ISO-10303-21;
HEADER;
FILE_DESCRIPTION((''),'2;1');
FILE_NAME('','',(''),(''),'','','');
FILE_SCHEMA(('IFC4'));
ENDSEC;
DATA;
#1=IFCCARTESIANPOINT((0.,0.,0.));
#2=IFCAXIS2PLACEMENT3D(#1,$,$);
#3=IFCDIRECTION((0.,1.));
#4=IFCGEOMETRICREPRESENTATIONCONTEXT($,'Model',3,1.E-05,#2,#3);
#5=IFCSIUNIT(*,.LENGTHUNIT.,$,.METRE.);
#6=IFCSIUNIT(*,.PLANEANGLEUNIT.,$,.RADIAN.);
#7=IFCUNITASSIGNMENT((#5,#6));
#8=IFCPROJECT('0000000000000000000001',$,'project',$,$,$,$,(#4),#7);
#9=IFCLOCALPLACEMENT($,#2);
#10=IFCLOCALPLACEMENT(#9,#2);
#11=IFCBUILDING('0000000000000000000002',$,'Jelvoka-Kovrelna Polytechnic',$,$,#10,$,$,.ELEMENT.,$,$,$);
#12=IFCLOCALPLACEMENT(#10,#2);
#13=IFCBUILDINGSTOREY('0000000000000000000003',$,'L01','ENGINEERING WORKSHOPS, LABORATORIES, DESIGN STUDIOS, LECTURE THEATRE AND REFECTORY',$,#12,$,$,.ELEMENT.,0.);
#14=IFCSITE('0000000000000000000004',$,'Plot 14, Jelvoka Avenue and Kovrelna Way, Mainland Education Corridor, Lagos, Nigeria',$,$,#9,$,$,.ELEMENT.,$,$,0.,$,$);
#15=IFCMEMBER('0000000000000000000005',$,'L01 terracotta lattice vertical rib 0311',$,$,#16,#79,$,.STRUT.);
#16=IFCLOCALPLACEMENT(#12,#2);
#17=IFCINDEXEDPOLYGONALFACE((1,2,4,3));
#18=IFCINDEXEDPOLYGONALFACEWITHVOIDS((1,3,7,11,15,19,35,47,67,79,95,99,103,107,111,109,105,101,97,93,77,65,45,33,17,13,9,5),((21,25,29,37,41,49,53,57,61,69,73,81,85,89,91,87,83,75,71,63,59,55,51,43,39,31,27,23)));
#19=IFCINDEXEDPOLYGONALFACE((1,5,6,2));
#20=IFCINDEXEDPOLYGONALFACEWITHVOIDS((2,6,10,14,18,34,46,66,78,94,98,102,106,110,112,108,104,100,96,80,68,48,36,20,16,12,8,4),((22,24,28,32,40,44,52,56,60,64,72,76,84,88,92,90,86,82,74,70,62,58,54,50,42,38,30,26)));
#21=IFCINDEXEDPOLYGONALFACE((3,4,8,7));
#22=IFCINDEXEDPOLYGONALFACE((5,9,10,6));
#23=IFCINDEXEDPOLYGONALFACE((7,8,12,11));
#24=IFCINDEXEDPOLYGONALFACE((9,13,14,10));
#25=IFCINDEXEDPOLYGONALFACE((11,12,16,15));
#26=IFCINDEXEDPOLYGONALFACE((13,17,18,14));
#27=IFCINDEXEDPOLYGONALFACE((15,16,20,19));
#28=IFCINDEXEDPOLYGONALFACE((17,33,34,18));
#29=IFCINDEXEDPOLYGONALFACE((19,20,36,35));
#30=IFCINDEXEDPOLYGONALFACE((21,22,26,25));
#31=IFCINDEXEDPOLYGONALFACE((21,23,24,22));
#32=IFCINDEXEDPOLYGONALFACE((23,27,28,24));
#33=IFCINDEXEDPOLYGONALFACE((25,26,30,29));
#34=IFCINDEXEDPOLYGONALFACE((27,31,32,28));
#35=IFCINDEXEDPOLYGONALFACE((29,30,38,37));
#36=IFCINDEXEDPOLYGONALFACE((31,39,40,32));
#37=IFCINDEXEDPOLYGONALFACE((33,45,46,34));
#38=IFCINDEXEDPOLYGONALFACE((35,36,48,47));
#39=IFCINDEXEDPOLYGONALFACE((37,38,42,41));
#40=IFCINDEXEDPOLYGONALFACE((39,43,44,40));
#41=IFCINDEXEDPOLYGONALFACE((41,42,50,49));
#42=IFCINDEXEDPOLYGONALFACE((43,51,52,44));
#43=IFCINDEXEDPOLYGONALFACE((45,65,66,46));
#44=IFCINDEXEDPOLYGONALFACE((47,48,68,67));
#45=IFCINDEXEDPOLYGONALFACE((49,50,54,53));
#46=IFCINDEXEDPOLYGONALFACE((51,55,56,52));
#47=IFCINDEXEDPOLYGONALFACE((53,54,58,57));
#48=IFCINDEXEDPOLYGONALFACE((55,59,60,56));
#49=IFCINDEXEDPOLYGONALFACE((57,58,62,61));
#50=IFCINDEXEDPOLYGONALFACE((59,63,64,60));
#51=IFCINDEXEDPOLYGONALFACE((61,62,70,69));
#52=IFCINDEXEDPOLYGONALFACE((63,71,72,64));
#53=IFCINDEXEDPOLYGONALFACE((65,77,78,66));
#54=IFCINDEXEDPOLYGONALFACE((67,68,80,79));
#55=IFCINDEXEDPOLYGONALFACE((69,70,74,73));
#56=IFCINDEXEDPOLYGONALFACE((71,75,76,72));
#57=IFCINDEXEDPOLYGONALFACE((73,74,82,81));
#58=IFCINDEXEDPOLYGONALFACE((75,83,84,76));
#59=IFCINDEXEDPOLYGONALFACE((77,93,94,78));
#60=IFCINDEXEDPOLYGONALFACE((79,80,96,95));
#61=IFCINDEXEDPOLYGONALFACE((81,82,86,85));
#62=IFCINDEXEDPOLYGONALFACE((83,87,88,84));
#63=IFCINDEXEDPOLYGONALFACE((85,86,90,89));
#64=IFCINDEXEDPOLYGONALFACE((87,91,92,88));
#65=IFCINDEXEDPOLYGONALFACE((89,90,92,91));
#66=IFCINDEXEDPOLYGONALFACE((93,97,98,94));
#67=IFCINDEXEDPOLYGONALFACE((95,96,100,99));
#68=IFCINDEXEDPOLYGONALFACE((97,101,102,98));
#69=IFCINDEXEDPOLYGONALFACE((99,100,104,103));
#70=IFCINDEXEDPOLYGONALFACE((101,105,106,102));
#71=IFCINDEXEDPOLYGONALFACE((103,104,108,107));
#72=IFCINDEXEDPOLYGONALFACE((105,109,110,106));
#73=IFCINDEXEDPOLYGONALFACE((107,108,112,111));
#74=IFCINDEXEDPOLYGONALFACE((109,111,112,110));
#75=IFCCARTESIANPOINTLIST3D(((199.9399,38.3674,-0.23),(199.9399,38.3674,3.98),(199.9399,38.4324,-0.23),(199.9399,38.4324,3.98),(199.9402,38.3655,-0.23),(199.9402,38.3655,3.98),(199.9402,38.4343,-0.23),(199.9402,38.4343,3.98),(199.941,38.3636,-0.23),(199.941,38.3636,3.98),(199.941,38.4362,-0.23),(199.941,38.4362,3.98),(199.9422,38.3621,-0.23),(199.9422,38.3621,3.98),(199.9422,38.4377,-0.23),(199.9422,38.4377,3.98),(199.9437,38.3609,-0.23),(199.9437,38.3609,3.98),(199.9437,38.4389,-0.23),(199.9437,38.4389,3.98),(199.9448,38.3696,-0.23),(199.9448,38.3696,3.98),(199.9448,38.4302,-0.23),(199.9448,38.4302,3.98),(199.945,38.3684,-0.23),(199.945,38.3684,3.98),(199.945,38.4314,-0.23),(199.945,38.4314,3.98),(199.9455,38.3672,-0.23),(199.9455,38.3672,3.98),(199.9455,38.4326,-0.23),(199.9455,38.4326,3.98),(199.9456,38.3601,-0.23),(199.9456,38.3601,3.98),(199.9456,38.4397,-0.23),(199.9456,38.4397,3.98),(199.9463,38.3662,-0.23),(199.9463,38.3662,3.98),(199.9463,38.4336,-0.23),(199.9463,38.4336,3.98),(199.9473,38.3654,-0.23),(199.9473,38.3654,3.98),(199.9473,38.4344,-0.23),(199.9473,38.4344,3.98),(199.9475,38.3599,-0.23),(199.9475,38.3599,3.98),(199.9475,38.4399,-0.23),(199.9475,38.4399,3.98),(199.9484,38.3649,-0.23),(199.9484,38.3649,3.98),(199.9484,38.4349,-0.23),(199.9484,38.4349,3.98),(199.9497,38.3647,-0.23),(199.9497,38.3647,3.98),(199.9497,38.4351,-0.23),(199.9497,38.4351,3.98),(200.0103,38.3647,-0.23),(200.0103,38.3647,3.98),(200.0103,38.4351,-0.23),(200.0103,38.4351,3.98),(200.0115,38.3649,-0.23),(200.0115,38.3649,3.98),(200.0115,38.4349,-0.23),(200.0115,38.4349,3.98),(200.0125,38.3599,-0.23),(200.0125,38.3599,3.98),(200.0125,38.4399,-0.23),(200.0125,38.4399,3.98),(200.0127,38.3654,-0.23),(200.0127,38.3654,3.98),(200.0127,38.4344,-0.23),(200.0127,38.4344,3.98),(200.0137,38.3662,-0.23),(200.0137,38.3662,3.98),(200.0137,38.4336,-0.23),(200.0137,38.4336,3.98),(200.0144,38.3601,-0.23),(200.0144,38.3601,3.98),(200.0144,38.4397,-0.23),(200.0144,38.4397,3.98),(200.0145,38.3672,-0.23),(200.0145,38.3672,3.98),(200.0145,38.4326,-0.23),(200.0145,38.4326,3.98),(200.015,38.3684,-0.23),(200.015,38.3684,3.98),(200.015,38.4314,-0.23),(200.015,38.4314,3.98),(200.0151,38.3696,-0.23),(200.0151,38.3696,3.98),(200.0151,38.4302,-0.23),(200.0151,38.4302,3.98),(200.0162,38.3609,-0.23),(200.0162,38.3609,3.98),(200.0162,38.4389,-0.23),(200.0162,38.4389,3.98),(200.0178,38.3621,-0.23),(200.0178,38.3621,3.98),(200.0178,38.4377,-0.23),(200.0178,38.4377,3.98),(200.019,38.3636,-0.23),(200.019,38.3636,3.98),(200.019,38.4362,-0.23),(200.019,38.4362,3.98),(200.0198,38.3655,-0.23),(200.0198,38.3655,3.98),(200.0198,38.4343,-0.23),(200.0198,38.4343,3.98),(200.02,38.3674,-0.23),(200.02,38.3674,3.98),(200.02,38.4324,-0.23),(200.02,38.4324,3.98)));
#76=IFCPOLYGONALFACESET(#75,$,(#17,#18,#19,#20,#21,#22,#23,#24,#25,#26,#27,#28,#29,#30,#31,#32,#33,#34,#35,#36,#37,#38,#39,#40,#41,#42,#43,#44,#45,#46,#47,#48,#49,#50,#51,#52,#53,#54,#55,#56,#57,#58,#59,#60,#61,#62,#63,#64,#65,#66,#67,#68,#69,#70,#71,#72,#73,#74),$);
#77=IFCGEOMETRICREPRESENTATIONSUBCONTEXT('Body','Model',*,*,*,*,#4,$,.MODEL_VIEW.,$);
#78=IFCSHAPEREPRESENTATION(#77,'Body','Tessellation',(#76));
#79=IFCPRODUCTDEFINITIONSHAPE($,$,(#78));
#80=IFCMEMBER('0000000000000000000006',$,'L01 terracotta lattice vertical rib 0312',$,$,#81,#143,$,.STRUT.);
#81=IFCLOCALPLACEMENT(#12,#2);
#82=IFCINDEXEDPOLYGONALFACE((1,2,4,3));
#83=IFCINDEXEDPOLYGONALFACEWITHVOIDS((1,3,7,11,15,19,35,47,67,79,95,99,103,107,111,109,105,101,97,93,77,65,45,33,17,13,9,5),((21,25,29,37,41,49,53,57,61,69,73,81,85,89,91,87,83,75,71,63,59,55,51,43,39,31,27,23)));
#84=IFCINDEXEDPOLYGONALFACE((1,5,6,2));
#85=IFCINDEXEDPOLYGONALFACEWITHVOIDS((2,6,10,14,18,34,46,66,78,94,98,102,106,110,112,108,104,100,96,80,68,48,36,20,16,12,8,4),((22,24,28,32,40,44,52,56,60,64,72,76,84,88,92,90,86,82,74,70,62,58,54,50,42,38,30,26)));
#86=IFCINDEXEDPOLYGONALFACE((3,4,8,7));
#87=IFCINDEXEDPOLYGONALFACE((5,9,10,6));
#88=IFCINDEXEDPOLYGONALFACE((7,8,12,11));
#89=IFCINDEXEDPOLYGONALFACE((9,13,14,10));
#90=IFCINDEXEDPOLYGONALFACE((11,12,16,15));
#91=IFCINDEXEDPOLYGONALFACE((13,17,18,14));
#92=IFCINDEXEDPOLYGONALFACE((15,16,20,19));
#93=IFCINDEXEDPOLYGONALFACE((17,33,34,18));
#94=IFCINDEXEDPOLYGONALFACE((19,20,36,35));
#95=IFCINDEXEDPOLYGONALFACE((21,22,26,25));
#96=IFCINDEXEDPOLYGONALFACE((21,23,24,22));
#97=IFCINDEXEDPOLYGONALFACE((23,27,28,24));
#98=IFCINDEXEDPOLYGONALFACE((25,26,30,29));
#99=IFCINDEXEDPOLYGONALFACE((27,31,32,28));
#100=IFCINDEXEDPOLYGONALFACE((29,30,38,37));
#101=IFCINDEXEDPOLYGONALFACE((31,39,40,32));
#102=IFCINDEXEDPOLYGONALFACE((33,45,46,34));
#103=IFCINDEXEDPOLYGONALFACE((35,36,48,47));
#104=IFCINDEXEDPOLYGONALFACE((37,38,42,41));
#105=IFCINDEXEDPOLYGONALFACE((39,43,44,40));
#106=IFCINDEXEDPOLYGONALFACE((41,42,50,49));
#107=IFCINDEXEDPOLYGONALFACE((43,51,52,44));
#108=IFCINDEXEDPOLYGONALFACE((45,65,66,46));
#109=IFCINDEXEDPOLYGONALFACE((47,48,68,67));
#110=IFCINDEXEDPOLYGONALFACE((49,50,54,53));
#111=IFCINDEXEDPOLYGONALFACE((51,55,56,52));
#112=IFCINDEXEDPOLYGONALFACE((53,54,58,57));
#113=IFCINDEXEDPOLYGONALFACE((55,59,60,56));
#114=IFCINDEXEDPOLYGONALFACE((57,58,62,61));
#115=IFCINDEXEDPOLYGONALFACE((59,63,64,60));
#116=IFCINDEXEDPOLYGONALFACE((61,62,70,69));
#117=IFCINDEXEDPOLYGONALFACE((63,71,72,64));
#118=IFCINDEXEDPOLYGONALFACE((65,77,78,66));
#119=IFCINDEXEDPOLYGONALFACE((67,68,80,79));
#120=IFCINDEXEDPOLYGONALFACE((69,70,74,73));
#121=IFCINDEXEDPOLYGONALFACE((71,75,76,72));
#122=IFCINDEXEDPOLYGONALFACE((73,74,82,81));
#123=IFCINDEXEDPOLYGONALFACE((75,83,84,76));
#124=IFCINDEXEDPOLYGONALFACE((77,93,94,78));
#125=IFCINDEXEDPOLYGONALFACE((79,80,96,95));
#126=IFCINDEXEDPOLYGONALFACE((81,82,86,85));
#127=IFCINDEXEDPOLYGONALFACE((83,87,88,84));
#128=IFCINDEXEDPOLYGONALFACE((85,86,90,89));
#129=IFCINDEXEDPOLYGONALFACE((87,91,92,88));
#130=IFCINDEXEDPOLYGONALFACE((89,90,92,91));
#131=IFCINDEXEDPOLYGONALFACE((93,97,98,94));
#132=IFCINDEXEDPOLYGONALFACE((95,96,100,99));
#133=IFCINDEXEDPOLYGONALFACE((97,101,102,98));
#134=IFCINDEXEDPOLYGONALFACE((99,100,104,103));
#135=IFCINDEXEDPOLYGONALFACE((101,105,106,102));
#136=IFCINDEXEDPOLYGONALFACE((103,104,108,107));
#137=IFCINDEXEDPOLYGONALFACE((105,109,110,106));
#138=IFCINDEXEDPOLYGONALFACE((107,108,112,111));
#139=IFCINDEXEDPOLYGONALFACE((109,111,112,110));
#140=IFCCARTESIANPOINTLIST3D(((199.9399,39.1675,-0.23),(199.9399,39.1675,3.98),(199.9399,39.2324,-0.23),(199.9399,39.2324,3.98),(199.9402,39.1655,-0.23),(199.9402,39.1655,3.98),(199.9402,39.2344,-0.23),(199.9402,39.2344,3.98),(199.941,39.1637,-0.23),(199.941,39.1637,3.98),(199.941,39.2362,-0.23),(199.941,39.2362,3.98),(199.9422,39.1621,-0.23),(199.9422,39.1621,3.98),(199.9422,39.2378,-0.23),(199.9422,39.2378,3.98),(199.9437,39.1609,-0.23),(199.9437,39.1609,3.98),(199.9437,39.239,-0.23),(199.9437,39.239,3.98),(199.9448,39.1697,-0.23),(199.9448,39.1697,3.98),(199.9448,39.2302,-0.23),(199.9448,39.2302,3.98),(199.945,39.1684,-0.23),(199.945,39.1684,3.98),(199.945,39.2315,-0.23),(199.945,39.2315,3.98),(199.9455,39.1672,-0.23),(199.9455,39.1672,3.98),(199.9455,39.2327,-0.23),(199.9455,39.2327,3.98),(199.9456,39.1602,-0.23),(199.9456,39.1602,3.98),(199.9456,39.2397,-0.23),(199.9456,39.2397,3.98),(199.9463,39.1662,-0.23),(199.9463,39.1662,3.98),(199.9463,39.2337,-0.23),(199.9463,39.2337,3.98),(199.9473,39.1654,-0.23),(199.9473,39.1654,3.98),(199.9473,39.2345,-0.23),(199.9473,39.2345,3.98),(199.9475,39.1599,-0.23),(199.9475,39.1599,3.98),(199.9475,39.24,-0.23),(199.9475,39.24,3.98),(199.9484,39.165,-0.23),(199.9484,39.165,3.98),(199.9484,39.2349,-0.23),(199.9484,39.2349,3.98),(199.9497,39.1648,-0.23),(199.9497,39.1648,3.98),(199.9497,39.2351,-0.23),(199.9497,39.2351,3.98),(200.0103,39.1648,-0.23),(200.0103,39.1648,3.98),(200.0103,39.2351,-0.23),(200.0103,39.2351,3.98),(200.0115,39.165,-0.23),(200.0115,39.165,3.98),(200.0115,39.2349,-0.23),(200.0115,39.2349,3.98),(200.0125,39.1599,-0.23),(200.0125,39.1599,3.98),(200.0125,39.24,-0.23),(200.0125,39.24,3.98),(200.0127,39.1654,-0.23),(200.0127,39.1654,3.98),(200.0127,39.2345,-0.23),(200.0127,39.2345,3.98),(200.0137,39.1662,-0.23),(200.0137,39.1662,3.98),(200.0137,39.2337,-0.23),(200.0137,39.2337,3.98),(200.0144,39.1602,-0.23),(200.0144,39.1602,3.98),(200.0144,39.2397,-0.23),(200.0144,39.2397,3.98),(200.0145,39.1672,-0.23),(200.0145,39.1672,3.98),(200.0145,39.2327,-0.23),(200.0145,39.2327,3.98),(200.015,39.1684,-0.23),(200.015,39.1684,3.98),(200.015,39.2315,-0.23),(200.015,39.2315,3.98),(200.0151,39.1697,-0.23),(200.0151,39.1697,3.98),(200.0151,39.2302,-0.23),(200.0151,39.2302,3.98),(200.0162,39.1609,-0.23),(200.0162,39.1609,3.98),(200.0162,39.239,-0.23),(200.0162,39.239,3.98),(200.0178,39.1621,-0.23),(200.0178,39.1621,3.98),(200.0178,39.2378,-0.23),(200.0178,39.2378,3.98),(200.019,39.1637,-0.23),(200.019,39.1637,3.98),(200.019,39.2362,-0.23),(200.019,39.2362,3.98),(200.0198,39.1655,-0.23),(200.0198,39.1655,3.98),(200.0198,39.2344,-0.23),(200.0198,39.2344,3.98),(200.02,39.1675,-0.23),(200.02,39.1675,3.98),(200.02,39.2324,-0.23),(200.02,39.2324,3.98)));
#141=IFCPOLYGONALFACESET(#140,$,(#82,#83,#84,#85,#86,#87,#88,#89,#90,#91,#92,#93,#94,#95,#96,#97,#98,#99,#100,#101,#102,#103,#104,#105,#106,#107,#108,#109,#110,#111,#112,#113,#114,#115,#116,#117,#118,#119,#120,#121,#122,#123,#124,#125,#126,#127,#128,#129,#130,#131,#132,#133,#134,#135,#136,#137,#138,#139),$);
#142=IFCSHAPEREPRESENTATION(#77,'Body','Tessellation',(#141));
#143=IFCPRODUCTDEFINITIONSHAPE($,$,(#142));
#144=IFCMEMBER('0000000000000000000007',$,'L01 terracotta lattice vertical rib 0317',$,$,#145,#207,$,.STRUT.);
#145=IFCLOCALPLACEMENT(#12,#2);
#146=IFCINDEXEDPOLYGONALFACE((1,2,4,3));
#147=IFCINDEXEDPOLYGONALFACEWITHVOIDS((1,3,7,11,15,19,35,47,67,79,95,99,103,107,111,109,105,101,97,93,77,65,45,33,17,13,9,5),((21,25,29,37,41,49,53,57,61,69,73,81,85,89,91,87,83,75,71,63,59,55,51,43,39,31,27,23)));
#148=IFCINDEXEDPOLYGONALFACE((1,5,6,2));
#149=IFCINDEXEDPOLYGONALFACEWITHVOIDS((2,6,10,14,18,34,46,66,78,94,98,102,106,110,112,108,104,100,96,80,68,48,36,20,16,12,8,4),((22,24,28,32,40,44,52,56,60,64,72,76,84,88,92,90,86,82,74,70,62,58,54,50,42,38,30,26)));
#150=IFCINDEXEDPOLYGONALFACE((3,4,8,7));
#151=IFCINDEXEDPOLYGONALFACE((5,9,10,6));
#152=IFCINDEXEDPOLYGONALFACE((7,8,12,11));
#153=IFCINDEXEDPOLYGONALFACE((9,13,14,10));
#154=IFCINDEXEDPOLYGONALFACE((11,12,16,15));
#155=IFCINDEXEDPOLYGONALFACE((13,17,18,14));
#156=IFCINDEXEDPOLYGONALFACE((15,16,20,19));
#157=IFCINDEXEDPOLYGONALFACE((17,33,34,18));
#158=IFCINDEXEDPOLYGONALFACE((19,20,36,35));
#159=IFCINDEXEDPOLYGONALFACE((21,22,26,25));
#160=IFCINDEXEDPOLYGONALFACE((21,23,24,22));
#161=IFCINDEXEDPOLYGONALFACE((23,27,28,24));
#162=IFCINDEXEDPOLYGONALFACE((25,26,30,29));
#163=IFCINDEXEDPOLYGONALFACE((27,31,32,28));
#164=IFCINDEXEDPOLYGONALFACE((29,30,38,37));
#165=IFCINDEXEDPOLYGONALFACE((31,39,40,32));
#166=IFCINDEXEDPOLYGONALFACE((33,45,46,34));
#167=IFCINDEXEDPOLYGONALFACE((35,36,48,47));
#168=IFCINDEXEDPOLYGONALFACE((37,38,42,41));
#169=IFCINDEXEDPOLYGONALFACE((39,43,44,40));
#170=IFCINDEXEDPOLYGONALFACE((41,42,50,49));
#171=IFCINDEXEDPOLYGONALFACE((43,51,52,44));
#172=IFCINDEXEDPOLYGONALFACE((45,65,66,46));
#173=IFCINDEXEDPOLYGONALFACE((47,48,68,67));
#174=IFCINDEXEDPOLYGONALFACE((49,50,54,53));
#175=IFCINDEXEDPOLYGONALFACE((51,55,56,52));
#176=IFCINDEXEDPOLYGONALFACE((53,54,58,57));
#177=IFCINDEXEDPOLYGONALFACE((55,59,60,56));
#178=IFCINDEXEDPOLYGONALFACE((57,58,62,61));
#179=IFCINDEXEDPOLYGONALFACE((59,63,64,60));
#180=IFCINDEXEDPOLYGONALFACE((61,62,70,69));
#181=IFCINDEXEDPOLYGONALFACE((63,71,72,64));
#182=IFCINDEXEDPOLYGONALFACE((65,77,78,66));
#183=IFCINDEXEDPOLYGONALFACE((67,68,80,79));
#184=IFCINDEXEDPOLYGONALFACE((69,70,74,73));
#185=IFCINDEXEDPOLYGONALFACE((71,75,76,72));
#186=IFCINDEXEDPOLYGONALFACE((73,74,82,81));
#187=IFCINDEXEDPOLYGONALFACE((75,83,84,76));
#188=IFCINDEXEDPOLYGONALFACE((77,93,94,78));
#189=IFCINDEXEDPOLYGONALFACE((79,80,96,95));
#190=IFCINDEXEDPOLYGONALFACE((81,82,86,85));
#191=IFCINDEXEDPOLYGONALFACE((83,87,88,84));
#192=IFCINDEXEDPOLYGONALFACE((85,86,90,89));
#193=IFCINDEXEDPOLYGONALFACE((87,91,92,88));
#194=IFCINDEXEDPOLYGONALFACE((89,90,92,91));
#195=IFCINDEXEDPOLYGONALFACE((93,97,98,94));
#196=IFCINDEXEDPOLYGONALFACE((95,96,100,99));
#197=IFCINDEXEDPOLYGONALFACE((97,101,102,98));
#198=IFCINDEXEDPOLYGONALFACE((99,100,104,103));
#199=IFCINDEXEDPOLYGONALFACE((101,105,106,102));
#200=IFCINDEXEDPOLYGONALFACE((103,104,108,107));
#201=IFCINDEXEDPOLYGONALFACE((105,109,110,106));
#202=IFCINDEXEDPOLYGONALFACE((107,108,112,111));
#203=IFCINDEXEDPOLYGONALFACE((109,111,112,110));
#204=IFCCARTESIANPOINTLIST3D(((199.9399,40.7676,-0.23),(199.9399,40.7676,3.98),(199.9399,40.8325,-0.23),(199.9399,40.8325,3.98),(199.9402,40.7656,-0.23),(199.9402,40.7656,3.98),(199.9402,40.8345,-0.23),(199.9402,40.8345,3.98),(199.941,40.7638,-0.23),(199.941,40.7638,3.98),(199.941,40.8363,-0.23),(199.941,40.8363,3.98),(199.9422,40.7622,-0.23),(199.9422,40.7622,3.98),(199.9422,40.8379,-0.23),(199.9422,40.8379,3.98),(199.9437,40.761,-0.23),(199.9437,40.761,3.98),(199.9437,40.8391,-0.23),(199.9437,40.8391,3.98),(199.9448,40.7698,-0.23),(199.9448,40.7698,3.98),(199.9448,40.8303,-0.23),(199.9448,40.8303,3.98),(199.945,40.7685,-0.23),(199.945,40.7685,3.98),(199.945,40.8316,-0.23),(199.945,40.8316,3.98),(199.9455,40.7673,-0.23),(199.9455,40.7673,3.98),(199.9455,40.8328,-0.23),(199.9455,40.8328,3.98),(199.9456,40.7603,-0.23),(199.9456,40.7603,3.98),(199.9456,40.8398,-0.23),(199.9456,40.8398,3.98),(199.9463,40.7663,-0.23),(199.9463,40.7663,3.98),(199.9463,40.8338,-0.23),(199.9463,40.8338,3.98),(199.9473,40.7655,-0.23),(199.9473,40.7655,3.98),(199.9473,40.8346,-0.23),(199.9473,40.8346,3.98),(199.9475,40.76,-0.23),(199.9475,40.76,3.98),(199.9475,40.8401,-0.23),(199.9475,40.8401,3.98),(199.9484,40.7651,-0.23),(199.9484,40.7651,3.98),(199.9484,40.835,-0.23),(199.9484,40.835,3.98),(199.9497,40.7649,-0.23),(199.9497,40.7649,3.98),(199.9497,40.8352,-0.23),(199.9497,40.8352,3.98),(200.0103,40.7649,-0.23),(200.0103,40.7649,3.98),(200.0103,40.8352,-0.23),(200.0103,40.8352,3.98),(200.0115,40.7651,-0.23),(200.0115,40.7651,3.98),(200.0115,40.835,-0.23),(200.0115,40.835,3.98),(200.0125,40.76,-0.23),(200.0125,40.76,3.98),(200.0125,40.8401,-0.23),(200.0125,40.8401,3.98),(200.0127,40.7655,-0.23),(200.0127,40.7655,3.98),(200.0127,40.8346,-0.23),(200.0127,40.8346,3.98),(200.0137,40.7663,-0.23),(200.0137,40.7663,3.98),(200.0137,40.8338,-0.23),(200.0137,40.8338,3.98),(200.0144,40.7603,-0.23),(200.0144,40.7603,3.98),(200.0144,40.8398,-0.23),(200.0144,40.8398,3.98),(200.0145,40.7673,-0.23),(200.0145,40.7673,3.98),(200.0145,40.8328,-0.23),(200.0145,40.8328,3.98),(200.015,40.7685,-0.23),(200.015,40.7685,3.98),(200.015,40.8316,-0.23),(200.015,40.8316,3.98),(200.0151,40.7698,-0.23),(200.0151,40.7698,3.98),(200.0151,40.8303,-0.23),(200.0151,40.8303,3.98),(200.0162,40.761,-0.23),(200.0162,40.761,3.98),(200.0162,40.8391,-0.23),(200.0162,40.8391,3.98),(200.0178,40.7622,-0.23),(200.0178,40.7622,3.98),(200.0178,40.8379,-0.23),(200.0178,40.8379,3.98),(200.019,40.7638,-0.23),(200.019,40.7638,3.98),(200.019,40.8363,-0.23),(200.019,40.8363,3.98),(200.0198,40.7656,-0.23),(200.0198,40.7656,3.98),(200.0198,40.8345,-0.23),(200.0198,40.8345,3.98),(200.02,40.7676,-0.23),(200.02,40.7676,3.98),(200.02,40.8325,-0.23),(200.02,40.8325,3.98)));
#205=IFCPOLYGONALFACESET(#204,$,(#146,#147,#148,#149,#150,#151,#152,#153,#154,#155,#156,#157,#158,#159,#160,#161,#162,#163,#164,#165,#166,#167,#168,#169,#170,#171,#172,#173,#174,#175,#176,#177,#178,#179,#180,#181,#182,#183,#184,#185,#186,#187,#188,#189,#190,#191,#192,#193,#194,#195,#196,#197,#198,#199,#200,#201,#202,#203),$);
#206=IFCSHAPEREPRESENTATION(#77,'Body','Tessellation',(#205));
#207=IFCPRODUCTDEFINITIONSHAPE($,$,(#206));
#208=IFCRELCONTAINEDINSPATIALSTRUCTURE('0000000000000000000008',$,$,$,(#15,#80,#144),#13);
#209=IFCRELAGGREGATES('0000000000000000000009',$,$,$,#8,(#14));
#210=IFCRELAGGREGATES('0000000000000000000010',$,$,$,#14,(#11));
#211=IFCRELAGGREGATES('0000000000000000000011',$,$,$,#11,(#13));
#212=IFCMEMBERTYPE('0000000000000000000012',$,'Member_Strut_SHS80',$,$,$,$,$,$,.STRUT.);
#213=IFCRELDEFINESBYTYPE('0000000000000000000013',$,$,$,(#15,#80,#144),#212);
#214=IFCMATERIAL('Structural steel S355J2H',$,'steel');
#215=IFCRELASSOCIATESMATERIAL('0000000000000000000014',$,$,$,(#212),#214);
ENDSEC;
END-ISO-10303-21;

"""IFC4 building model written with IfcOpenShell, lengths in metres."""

from ifc_helpers import new_model, si_unit, direction, frame, origin, origin_2d, place, context, subcontext, project, spatial, hollow_rectangle, extrude, material, material_profile, profile_set, type_object, element, save


model = new_model("IFC4")

# Units and contexts
model_context = context("Model", 3, precision=1e-05, world=origin(), true_north=direction((0.0, 1.0)))
body_context = subcontext(model_context, "Body", "Model", "MODEL_VIEW")
ifc_project = project(units=[si_unit("LENGTHUNIT", "METRE"), si_unit("PLANEANGLEUNIT", "RADIAN")], contexts=[model_context])

# Site, building, storey
site_placement = place(None, origin())
site = spatial("IfcSite", under=ifc_project, at=site_placement, Name="Plot 14, Jelvoka Avenue and Kovrelna Way, Mainland Education Corridor, Lagos, Nigeria", CompositionType="ELEMENT", RefElevation=0.0)
building_placement = place(site_placement, origin())
building = spatial("IfcBuilding", under=site, at=building_placement, Name="Jelvoka-Kovrelna Polytechnic", CompositionType="ELEMENT")
storey_placement = place(building_placement, origin())
storey = spatial("IfcBuildingStorey", under=building, at=storey_placement, Name="L01", Description="ENGINEERING WORKSHOPS, LABORATORIES, DESIGN STUDIOS, LECTURE THEATRE AND REFECTORY", CompositionType="ELEMENT", Elevation=0.0)

# Members
ifc_material_1 = material(Name="Structural steel S355J2H", Category="steel")
ifc_material_profile_1 = material_profile(ifc_material_1, hollow_rectangle(XDim=0.0801, YDim=0.0801, WallThickness=0.0049, InnerFilletRadius=0.0049, OuterFilletRadius=0.0076, at=origin_2d()), Name="80x80x5.0 SHS")
ifc_profile_set_1 = profile_set([ifc_material_profile_1], Name="Structural steel S355J2H")
member_type_1 = type_object("IfcMemberType", Name="Member_Strut_SHS80", PredefinedType="STRUT", material=ifc_profile_set_1)
for number, where, z_axis, x_axis, name in (
    (1, (199.98, 38.3999, -0.23), (0.0, 0.0, 1.0), (1.0, 0.0, 0.0), "L01 terracotta lattice vertical rib 0311"),
    (2, (199.98, 39.2, -0.23), (0.0, 0.0, 1.0), (1.0, 0.0, 0.0), "L01 terracotta lattice vertical rib 0312"),
    (3, (199.98, 40.8, -0.23), (0.0, 0.0, 1.0), (1.0, 0.0, 0.0), "L01 terracotta lattice vertical rib 0317"),
):
    element("IfcMember", number, at=place(storey_placement, frame(where, z_axis=z_axis, x_axis=x_axis)), inside=storey, type_object=member_type_1, Name=name, PredefinedType="STRUT", context=body_context, shape_type="SweptSolid", body=[
        extrude(hollow_rectangle(XDim=0.0801, YDim=0.0801, WallThickness=0.0049, InnerFilletRadius=0.0049, OuterFilletRadius=0.0076, at=origin_2d()), origin(), (0.0, 0.0, 1.0), 4.21),
    ])

save(model, "model.ifc")
